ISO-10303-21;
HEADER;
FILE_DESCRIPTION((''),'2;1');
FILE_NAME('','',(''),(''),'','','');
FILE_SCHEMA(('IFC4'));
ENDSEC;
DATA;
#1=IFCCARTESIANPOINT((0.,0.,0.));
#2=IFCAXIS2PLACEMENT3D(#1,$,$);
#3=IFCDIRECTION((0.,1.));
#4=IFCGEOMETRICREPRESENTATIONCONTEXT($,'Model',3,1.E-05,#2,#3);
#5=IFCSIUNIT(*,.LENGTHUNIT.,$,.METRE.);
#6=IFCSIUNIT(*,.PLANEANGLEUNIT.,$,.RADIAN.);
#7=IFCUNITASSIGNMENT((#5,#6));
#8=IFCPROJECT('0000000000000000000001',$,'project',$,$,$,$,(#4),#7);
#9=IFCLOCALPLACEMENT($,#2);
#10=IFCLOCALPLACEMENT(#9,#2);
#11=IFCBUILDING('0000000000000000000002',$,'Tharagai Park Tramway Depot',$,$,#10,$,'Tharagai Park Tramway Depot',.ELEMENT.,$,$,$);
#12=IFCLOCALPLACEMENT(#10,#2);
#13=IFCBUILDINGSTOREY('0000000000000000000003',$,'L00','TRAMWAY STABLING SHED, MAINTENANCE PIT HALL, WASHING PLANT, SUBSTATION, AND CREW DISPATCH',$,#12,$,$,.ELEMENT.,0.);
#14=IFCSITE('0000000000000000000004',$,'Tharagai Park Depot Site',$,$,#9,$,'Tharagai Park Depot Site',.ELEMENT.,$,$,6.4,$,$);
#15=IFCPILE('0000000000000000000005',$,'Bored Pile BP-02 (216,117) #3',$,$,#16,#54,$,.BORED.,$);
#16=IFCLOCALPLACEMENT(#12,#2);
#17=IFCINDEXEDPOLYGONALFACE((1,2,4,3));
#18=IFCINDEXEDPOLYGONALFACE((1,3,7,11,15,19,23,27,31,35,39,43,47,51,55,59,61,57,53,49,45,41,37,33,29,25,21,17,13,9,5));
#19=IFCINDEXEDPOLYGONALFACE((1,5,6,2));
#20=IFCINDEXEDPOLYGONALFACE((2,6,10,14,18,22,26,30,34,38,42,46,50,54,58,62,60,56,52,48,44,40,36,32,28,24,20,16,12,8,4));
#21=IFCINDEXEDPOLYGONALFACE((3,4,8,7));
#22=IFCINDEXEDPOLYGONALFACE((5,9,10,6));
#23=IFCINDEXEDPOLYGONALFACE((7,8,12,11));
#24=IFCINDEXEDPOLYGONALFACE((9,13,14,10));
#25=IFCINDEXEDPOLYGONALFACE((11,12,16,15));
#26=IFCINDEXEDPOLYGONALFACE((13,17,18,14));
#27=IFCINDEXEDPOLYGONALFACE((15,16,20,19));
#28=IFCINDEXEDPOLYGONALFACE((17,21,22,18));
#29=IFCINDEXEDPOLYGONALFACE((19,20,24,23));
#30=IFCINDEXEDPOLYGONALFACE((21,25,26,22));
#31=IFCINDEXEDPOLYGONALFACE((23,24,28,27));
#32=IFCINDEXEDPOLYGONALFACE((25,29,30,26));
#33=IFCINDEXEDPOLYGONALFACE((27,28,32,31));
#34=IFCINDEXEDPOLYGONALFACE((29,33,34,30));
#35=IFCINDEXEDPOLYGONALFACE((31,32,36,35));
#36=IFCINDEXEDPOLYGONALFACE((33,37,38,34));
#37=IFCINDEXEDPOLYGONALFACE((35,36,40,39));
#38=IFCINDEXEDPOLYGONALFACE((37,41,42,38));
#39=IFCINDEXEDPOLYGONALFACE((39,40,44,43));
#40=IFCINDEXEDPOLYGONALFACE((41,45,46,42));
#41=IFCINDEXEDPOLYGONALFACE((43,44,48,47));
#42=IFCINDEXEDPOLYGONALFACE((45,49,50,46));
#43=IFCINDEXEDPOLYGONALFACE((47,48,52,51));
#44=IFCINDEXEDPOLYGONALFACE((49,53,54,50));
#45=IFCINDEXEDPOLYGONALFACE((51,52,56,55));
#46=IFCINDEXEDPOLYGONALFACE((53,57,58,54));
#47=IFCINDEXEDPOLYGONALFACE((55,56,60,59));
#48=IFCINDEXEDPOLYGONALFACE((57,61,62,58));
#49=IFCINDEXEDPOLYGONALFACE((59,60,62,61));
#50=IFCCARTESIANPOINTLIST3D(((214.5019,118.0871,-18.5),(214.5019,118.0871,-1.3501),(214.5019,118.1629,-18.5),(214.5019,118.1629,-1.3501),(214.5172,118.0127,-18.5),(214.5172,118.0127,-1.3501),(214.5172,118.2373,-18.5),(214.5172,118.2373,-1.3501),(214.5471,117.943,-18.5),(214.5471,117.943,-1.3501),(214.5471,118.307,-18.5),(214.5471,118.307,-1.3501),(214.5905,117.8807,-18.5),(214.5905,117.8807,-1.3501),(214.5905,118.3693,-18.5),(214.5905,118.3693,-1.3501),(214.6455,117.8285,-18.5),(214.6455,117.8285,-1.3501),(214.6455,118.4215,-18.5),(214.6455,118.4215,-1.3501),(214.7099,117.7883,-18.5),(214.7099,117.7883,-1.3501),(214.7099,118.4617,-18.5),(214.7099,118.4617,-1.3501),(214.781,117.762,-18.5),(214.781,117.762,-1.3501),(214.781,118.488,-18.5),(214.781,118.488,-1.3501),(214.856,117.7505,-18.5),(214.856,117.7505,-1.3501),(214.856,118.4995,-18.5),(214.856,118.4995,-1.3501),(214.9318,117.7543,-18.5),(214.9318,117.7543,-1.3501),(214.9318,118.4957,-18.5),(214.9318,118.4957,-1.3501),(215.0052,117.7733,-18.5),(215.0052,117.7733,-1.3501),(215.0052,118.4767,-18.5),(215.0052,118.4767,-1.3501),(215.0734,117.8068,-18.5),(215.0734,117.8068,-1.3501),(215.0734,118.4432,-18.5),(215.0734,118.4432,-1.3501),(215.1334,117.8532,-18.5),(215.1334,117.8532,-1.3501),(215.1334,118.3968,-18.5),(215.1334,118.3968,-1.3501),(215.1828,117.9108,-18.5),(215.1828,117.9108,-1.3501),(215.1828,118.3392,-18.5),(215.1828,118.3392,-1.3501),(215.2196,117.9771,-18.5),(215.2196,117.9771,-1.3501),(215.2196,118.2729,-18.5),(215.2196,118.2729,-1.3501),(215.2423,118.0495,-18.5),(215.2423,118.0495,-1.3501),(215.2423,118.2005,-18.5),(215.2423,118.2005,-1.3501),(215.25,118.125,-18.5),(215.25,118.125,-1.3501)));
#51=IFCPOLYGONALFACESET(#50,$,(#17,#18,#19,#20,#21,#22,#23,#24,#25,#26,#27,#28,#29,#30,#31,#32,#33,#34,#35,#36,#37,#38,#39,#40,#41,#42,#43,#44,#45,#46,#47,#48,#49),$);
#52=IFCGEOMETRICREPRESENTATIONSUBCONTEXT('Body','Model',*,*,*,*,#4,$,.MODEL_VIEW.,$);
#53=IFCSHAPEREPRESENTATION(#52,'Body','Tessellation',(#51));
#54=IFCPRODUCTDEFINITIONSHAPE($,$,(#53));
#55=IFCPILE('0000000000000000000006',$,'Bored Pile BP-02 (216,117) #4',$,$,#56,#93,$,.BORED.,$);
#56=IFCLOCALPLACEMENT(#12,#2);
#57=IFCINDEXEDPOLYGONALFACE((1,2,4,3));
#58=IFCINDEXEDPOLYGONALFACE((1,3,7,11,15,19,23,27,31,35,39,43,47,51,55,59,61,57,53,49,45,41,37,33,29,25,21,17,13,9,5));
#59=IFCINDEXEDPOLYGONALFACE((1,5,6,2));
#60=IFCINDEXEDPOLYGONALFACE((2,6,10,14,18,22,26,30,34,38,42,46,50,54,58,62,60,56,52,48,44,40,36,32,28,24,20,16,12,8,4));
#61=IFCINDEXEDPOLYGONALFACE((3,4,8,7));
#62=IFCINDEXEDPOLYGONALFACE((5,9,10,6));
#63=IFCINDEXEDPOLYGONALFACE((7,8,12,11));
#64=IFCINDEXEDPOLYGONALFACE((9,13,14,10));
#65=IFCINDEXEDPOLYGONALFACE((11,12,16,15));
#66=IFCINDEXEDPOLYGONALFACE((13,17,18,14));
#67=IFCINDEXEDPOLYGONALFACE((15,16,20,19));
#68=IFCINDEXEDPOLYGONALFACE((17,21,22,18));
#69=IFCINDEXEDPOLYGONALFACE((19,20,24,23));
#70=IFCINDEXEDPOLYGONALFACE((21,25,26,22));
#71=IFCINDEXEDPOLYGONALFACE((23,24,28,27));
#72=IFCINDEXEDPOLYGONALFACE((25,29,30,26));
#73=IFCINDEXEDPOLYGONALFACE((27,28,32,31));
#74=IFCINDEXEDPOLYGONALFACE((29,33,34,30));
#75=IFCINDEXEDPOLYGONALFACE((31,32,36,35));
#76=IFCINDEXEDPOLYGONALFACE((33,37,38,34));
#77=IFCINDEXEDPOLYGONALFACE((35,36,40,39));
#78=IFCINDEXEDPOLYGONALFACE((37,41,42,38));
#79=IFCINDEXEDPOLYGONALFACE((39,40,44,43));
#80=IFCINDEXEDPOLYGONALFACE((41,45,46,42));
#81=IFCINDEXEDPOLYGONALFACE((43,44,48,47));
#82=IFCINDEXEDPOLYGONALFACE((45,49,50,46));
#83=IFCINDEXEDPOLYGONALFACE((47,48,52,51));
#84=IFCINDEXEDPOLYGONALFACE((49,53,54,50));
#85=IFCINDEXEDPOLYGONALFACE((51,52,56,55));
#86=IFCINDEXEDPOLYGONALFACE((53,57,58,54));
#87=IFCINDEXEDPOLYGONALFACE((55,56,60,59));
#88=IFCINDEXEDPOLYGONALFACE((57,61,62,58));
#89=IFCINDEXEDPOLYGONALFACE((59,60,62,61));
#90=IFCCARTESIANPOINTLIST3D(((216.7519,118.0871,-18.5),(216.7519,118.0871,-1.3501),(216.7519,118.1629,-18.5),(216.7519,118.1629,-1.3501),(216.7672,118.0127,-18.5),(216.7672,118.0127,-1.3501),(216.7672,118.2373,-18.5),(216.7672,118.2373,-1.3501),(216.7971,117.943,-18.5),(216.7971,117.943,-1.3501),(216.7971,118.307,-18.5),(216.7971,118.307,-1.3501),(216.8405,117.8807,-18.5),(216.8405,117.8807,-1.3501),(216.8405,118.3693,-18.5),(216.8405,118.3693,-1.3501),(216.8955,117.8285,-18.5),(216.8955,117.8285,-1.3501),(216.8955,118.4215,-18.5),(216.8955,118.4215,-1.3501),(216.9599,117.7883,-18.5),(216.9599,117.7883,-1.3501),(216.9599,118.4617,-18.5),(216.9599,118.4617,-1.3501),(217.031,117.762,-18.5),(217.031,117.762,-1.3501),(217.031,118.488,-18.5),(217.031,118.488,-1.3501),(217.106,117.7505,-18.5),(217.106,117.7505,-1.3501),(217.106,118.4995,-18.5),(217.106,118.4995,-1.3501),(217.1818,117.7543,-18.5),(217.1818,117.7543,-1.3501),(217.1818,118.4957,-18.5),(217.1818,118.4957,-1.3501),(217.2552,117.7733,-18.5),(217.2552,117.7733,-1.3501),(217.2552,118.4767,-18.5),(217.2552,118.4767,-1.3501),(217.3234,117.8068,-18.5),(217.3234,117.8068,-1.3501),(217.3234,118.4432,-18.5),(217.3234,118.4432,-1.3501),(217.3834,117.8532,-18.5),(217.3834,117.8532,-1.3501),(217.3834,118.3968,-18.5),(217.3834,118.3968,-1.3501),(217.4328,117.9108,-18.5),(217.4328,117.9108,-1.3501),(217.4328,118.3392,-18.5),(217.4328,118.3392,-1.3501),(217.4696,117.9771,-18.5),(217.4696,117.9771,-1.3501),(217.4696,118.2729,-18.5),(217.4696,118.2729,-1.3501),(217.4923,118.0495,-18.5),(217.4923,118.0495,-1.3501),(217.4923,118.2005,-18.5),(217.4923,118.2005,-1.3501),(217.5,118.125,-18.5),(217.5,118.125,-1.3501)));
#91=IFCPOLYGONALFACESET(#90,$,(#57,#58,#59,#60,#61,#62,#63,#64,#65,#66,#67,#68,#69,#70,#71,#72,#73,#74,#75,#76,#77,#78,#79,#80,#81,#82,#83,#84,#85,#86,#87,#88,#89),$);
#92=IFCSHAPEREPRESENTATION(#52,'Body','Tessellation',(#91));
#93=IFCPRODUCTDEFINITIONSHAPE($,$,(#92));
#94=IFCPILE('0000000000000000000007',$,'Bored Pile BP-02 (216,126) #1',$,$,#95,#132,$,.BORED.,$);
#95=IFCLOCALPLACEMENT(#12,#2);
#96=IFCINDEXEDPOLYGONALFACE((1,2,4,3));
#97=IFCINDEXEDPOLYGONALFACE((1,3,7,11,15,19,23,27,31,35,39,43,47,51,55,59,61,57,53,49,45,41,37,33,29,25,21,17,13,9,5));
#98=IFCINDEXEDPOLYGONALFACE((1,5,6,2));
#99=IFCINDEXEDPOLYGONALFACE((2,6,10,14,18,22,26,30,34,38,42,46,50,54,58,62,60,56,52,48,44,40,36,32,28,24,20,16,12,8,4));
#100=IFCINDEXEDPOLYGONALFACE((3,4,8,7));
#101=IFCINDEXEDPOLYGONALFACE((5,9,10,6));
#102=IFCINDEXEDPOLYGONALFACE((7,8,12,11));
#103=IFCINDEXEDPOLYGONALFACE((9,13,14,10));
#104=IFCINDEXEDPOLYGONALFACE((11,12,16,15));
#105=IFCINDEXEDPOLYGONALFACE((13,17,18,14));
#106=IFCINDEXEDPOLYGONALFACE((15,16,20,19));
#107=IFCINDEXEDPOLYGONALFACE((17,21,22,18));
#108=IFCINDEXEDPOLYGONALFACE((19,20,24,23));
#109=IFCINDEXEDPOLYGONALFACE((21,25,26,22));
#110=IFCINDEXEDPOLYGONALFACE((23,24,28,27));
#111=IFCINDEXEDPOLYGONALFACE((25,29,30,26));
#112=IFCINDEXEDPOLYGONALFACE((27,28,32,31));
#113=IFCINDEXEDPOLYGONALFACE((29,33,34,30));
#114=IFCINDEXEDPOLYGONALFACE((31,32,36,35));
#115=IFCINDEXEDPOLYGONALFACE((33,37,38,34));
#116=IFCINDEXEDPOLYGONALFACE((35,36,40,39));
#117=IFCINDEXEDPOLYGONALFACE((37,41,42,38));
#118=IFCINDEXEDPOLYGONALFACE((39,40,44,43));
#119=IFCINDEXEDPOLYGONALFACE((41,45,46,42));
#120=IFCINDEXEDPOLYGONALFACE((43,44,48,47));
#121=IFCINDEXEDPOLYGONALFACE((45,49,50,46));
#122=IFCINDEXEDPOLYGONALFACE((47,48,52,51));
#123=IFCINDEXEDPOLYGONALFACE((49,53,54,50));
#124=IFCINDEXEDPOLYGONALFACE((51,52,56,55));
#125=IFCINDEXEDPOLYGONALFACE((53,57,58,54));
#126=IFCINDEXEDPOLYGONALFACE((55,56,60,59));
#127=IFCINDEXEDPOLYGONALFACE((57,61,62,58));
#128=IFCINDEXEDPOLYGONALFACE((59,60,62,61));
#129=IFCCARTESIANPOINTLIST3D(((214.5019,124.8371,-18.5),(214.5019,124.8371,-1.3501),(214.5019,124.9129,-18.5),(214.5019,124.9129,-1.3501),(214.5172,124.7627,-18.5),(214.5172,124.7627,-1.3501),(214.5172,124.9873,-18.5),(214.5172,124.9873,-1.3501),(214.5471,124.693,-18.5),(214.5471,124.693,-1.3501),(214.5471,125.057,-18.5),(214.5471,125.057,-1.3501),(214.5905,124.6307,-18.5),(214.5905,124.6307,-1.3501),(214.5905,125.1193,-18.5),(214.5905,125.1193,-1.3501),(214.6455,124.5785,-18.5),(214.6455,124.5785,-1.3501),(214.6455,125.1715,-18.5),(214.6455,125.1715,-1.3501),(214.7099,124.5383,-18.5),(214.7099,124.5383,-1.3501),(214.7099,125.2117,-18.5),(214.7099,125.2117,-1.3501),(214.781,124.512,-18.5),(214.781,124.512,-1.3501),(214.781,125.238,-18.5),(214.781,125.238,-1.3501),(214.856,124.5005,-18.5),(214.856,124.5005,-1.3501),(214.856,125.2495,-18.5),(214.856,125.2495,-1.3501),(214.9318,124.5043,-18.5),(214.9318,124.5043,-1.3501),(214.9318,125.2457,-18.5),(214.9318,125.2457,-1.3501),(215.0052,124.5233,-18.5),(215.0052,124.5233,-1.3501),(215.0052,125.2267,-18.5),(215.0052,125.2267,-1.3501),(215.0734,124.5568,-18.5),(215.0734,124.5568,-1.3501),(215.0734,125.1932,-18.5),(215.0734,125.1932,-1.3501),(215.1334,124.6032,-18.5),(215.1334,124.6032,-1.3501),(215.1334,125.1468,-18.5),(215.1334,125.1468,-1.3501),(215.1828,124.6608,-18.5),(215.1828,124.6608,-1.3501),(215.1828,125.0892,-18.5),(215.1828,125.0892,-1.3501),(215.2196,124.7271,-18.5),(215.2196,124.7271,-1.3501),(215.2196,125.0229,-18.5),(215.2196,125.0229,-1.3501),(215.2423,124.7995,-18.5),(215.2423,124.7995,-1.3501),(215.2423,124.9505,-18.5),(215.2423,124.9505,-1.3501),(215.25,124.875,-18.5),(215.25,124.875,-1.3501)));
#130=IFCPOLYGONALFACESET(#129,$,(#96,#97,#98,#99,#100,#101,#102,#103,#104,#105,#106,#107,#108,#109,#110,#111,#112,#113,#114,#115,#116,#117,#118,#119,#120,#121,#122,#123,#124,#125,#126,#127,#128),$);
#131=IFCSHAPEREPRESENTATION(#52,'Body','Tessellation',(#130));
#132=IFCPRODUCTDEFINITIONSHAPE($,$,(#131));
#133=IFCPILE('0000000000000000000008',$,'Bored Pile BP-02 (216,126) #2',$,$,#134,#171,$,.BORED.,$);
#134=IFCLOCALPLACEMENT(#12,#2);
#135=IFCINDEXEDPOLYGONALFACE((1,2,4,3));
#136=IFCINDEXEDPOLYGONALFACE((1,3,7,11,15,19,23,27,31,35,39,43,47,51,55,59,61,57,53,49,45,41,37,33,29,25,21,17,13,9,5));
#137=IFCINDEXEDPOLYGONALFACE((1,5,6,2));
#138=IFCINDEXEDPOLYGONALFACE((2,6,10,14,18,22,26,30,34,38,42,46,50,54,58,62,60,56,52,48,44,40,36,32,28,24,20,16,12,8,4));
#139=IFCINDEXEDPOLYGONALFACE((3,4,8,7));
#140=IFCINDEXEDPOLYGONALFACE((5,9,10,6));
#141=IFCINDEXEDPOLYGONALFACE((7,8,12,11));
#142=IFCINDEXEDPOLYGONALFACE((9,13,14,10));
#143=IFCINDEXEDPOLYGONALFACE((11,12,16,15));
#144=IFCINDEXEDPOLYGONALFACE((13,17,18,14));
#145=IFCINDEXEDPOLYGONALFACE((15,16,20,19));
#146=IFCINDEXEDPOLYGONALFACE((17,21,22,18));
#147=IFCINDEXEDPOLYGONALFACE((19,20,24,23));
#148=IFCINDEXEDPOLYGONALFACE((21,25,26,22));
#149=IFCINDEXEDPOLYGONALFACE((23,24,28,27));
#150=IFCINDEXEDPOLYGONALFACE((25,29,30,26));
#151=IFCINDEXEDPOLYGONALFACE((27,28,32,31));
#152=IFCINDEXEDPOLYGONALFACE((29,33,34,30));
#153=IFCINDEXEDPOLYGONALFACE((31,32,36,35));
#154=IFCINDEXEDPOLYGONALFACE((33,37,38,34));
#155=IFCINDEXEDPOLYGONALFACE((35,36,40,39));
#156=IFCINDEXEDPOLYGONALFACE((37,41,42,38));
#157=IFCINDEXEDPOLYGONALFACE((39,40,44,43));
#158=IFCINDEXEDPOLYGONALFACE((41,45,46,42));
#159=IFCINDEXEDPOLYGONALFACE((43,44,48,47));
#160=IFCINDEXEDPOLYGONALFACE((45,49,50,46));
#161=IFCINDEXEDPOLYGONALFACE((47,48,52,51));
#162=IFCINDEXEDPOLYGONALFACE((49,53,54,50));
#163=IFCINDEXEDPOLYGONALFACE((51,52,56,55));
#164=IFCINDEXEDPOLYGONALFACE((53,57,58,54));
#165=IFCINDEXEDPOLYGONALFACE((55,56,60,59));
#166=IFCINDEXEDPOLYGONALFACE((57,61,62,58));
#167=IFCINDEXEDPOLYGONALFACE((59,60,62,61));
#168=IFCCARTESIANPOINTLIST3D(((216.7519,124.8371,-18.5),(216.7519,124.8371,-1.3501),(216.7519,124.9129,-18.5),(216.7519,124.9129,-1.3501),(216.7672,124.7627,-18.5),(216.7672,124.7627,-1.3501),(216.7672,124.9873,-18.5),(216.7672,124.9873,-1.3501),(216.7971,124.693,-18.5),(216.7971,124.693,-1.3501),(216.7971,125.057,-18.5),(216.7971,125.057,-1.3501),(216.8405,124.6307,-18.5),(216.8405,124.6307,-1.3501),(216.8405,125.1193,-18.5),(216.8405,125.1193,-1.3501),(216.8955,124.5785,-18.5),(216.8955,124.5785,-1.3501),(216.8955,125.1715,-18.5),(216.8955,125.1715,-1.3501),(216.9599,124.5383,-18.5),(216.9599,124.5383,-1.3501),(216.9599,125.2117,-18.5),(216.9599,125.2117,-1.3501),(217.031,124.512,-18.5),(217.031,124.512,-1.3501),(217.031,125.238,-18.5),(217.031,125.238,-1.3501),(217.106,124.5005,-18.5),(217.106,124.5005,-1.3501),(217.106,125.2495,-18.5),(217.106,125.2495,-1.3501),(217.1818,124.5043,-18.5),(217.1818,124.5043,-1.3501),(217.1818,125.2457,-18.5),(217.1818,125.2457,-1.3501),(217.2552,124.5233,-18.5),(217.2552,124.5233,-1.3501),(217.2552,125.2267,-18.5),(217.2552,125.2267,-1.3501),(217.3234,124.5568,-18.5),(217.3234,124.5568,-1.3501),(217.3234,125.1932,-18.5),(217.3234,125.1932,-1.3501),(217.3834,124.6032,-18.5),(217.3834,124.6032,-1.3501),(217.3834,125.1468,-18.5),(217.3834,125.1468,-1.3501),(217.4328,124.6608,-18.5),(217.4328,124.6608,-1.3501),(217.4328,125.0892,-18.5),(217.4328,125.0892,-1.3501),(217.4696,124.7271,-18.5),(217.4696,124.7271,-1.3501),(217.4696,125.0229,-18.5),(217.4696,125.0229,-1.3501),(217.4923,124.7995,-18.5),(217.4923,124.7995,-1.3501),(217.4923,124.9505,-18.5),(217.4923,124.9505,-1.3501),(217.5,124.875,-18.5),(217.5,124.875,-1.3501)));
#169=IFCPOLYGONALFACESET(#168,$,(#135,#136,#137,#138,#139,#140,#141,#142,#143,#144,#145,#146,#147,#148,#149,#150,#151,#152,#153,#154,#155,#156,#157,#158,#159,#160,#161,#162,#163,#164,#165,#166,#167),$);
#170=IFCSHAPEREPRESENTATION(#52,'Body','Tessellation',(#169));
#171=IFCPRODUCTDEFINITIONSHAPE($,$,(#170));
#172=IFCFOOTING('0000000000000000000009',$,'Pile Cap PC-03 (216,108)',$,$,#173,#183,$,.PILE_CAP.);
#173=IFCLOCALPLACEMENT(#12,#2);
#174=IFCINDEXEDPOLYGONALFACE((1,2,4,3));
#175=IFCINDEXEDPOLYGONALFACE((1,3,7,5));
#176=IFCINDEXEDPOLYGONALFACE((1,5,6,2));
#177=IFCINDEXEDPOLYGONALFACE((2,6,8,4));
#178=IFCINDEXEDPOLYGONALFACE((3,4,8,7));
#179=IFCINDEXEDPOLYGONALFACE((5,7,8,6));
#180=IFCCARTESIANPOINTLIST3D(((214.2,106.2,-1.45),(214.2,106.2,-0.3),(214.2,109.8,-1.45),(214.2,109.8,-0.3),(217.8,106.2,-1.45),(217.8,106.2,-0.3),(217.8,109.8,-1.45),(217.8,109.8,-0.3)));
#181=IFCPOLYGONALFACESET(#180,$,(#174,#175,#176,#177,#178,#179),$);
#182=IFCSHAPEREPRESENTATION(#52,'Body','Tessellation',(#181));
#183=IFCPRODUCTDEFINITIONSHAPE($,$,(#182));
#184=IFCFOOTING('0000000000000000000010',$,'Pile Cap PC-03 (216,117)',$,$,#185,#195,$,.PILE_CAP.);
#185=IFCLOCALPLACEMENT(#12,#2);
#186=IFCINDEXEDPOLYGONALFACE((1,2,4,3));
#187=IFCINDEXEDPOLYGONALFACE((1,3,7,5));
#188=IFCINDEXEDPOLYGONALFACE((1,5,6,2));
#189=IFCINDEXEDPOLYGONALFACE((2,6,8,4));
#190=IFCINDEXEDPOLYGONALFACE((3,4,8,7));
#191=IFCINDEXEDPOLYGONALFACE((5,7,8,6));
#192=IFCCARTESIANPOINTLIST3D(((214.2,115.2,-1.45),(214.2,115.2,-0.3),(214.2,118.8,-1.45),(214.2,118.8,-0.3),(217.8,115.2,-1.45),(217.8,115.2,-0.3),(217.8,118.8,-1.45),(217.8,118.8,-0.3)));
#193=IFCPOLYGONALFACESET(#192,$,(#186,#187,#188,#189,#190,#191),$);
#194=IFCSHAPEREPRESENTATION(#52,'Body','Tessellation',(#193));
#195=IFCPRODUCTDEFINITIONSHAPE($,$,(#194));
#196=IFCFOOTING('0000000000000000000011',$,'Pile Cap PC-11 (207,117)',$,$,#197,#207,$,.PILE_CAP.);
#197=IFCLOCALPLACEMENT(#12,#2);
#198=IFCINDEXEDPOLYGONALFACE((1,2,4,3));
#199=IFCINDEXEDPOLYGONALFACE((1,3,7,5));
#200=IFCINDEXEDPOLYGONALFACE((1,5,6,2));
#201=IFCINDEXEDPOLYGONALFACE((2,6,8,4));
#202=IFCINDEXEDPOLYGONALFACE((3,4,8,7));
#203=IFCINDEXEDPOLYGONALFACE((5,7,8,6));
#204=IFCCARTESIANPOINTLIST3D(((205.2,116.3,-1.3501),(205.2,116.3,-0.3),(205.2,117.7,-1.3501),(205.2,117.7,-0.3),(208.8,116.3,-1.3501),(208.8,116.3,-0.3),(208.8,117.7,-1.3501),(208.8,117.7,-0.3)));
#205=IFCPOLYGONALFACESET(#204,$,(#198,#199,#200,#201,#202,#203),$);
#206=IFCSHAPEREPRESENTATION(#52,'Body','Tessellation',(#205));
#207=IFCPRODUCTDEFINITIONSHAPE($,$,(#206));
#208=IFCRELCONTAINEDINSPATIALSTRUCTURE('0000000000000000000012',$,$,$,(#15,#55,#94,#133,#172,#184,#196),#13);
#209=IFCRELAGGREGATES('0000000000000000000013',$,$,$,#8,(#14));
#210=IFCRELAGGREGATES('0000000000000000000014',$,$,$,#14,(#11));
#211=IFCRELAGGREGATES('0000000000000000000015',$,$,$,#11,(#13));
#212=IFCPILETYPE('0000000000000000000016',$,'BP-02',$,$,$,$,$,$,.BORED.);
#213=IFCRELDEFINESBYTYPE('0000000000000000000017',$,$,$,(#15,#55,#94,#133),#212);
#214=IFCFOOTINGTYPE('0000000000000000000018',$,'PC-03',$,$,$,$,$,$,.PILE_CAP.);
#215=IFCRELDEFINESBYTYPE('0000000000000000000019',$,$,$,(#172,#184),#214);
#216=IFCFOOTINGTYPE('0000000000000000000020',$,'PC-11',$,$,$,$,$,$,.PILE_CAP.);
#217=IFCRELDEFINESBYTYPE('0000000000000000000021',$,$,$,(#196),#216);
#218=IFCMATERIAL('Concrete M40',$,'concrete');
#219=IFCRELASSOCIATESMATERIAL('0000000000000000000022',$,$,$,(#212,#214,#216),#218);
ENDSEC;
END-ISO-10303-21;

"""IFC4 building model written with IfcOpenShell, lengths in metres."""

from ifc_helpers import new_model, si_unit, direction, frame, origin, origin_2d, place, context, subcontext, project, spatial, rectangle, circle, extrude, material, material_profile, profile_set, type_object, element, save


model = new_model("IFC4")

# Units and contexts
model_context = context("Model", 3, precision=1e-05, world=origin(), true_north=direction((0.0, 1.0)))
body_context = subcontext(model_context, "Body", "Model", "MODEL_VIEW")
ifc_project = project(units=[si_unit("LENGTHUNIT", "METRE"), si_unit("PLANEANGLEUNIT", "RADIAN")], contexts=[model_context])

# Site, building, storey
site_placement = place(None, origin())
site = spatial("IfcSite", under=ifc_project, at=site_placement, Name="Tharagai Park Depot Site", LongName="Tharagai Park Depot Site", CompositionType="ELEMENT", RefElevation=6.4)
building_placement = place(site_placement, origin())
building = spatial("IfcBuilding", under=site, at=building_placement, Name="Tharagai Park Tramway Depot", LongName="Tharagai Park Tramway Depot", CompositionType="ELEMENT")
storey_placement = place(building_placement, origin())
storey = spatial("IfcBuildingStorey", under=building, at=storey_placement, Name="L00", Description="TRAMWAY STABLING SHED, MAINTENANCE PIT HALL, WASHING PLANT, SUBSTATION, AND CREW DISPATCH", CompositionType="ELEMENT", Elevation=0.0)

# Piles
ifc_material_1 = material(Name="Concrete M40", Category="concrete")
ifc_material_profile_1 = material_profile(ifc_material_1, circle(Radius=0.375, at=origin_2d()), Name="PILE D750")
ifc_profile_set_1 = profile_set([ifc_material_profile_1], Name="Concrete M40")
pile_type = type_object("IfcPileType", Name="BP-02", PredefinedType="BORED", material=ifc_profile_set_1)
for number, where, z_axis, x_axis, name in (
    (1, (214.875, 118.125, -1.3501), (0.0, 0.0, -1.0), (1.0, 0.0, 0.0), "Bored Pile BP-02 (216,117) #3"),
    (2, (217.125, 118.125, -1.3501), (0.0, 0.0, -1.0), (1.0, 0.0, 0.0), "Bored Pile BP-02 (216,117) #4"),
    (3, (214.875, 124.875, -1.3501), (0.0, 0.0, -1.0), (1.0, 0.0, 0.0), "Bored Pile BP-02 (216,126) #1"),
    (4, (217.125, 124.875, -1.3501), (0.0, 0.0, -1.0), (1.0, 0.0, 0.0), "Bored Pile BP-02 (216,126) #2"),
):
    element("IfcPile", number, at=place(storey_placement, frame(where, z_axis=z_axis, x_axis=x_axis)), inside=storey, type_object=pile_type, Name=name, PredefinedType="BORED", context=body_context, shape_type="SweptSolid", body=[
        extrude(circle(Radius=0.375, at=origin_2d()), origin(), (0.0, 0.0, 1.0), 17.1499),
    ])

# Footings
footing_type_1 = type_object("IfcFootingType", Name="PC-03", PredefinedType="PILE_CAP", material=ifc_material_1)
for number, where, z_axis, x_axis, name in (
    (5, (216.0, 108.0, -1.45), (0.0, 0.0, 1.0), (1.0, 0.0, 0.0), "Pile Cap PC-03 (216,108)"),
    (6, (216.0, 117.0, -1.45), (0.0, 0.0, 1.0), (1.0, 0.0, 0.0), "Pile Cap PC-03 (216,117)"),
):
    element("IfcFooting", number, at=place(storey_placement, frame(where, z_axis=z_axis, x_axis=x_axis)), inside=storey, type_object=footing_type_1, Name=name, PredefinedType="PILE_CAP", context=body_context, shape_type="SweptSolid", body=[
        extrude(rectangle(XDim=3.6001, YDim=3.6001, at=origin_2d()), origin(), (0.0, 0.0, 1.0), 1.1499),
    ])
footing_type_2 = type_object("IfcFootingType", Name="PC-11", PredefinedType="PILE_CAP", material=ifc_material_1)
footing_placement = place(storey_placement, frame((207.0, 117.0, -1.3501), z_axis=(0.0, 0.0, 1.0), x_axis=(1.0, 0.0, 0.0)))
element("IfcFooting", 7, at=footing_placement, inside=storey, type_object=footing_type_2, Name="Pile Cap PC-11 (207,117)", PredefinedType="PILE_CAP", context=body_context, shape_type="SweptSolid", body=[
    extrude(rectangle(XDim=3.6001, YDim=1.3999, at=origin_2d()), origin(), (0.0, 0.0, 1.0), 1.05),
])

save(model, "model.ifc")
